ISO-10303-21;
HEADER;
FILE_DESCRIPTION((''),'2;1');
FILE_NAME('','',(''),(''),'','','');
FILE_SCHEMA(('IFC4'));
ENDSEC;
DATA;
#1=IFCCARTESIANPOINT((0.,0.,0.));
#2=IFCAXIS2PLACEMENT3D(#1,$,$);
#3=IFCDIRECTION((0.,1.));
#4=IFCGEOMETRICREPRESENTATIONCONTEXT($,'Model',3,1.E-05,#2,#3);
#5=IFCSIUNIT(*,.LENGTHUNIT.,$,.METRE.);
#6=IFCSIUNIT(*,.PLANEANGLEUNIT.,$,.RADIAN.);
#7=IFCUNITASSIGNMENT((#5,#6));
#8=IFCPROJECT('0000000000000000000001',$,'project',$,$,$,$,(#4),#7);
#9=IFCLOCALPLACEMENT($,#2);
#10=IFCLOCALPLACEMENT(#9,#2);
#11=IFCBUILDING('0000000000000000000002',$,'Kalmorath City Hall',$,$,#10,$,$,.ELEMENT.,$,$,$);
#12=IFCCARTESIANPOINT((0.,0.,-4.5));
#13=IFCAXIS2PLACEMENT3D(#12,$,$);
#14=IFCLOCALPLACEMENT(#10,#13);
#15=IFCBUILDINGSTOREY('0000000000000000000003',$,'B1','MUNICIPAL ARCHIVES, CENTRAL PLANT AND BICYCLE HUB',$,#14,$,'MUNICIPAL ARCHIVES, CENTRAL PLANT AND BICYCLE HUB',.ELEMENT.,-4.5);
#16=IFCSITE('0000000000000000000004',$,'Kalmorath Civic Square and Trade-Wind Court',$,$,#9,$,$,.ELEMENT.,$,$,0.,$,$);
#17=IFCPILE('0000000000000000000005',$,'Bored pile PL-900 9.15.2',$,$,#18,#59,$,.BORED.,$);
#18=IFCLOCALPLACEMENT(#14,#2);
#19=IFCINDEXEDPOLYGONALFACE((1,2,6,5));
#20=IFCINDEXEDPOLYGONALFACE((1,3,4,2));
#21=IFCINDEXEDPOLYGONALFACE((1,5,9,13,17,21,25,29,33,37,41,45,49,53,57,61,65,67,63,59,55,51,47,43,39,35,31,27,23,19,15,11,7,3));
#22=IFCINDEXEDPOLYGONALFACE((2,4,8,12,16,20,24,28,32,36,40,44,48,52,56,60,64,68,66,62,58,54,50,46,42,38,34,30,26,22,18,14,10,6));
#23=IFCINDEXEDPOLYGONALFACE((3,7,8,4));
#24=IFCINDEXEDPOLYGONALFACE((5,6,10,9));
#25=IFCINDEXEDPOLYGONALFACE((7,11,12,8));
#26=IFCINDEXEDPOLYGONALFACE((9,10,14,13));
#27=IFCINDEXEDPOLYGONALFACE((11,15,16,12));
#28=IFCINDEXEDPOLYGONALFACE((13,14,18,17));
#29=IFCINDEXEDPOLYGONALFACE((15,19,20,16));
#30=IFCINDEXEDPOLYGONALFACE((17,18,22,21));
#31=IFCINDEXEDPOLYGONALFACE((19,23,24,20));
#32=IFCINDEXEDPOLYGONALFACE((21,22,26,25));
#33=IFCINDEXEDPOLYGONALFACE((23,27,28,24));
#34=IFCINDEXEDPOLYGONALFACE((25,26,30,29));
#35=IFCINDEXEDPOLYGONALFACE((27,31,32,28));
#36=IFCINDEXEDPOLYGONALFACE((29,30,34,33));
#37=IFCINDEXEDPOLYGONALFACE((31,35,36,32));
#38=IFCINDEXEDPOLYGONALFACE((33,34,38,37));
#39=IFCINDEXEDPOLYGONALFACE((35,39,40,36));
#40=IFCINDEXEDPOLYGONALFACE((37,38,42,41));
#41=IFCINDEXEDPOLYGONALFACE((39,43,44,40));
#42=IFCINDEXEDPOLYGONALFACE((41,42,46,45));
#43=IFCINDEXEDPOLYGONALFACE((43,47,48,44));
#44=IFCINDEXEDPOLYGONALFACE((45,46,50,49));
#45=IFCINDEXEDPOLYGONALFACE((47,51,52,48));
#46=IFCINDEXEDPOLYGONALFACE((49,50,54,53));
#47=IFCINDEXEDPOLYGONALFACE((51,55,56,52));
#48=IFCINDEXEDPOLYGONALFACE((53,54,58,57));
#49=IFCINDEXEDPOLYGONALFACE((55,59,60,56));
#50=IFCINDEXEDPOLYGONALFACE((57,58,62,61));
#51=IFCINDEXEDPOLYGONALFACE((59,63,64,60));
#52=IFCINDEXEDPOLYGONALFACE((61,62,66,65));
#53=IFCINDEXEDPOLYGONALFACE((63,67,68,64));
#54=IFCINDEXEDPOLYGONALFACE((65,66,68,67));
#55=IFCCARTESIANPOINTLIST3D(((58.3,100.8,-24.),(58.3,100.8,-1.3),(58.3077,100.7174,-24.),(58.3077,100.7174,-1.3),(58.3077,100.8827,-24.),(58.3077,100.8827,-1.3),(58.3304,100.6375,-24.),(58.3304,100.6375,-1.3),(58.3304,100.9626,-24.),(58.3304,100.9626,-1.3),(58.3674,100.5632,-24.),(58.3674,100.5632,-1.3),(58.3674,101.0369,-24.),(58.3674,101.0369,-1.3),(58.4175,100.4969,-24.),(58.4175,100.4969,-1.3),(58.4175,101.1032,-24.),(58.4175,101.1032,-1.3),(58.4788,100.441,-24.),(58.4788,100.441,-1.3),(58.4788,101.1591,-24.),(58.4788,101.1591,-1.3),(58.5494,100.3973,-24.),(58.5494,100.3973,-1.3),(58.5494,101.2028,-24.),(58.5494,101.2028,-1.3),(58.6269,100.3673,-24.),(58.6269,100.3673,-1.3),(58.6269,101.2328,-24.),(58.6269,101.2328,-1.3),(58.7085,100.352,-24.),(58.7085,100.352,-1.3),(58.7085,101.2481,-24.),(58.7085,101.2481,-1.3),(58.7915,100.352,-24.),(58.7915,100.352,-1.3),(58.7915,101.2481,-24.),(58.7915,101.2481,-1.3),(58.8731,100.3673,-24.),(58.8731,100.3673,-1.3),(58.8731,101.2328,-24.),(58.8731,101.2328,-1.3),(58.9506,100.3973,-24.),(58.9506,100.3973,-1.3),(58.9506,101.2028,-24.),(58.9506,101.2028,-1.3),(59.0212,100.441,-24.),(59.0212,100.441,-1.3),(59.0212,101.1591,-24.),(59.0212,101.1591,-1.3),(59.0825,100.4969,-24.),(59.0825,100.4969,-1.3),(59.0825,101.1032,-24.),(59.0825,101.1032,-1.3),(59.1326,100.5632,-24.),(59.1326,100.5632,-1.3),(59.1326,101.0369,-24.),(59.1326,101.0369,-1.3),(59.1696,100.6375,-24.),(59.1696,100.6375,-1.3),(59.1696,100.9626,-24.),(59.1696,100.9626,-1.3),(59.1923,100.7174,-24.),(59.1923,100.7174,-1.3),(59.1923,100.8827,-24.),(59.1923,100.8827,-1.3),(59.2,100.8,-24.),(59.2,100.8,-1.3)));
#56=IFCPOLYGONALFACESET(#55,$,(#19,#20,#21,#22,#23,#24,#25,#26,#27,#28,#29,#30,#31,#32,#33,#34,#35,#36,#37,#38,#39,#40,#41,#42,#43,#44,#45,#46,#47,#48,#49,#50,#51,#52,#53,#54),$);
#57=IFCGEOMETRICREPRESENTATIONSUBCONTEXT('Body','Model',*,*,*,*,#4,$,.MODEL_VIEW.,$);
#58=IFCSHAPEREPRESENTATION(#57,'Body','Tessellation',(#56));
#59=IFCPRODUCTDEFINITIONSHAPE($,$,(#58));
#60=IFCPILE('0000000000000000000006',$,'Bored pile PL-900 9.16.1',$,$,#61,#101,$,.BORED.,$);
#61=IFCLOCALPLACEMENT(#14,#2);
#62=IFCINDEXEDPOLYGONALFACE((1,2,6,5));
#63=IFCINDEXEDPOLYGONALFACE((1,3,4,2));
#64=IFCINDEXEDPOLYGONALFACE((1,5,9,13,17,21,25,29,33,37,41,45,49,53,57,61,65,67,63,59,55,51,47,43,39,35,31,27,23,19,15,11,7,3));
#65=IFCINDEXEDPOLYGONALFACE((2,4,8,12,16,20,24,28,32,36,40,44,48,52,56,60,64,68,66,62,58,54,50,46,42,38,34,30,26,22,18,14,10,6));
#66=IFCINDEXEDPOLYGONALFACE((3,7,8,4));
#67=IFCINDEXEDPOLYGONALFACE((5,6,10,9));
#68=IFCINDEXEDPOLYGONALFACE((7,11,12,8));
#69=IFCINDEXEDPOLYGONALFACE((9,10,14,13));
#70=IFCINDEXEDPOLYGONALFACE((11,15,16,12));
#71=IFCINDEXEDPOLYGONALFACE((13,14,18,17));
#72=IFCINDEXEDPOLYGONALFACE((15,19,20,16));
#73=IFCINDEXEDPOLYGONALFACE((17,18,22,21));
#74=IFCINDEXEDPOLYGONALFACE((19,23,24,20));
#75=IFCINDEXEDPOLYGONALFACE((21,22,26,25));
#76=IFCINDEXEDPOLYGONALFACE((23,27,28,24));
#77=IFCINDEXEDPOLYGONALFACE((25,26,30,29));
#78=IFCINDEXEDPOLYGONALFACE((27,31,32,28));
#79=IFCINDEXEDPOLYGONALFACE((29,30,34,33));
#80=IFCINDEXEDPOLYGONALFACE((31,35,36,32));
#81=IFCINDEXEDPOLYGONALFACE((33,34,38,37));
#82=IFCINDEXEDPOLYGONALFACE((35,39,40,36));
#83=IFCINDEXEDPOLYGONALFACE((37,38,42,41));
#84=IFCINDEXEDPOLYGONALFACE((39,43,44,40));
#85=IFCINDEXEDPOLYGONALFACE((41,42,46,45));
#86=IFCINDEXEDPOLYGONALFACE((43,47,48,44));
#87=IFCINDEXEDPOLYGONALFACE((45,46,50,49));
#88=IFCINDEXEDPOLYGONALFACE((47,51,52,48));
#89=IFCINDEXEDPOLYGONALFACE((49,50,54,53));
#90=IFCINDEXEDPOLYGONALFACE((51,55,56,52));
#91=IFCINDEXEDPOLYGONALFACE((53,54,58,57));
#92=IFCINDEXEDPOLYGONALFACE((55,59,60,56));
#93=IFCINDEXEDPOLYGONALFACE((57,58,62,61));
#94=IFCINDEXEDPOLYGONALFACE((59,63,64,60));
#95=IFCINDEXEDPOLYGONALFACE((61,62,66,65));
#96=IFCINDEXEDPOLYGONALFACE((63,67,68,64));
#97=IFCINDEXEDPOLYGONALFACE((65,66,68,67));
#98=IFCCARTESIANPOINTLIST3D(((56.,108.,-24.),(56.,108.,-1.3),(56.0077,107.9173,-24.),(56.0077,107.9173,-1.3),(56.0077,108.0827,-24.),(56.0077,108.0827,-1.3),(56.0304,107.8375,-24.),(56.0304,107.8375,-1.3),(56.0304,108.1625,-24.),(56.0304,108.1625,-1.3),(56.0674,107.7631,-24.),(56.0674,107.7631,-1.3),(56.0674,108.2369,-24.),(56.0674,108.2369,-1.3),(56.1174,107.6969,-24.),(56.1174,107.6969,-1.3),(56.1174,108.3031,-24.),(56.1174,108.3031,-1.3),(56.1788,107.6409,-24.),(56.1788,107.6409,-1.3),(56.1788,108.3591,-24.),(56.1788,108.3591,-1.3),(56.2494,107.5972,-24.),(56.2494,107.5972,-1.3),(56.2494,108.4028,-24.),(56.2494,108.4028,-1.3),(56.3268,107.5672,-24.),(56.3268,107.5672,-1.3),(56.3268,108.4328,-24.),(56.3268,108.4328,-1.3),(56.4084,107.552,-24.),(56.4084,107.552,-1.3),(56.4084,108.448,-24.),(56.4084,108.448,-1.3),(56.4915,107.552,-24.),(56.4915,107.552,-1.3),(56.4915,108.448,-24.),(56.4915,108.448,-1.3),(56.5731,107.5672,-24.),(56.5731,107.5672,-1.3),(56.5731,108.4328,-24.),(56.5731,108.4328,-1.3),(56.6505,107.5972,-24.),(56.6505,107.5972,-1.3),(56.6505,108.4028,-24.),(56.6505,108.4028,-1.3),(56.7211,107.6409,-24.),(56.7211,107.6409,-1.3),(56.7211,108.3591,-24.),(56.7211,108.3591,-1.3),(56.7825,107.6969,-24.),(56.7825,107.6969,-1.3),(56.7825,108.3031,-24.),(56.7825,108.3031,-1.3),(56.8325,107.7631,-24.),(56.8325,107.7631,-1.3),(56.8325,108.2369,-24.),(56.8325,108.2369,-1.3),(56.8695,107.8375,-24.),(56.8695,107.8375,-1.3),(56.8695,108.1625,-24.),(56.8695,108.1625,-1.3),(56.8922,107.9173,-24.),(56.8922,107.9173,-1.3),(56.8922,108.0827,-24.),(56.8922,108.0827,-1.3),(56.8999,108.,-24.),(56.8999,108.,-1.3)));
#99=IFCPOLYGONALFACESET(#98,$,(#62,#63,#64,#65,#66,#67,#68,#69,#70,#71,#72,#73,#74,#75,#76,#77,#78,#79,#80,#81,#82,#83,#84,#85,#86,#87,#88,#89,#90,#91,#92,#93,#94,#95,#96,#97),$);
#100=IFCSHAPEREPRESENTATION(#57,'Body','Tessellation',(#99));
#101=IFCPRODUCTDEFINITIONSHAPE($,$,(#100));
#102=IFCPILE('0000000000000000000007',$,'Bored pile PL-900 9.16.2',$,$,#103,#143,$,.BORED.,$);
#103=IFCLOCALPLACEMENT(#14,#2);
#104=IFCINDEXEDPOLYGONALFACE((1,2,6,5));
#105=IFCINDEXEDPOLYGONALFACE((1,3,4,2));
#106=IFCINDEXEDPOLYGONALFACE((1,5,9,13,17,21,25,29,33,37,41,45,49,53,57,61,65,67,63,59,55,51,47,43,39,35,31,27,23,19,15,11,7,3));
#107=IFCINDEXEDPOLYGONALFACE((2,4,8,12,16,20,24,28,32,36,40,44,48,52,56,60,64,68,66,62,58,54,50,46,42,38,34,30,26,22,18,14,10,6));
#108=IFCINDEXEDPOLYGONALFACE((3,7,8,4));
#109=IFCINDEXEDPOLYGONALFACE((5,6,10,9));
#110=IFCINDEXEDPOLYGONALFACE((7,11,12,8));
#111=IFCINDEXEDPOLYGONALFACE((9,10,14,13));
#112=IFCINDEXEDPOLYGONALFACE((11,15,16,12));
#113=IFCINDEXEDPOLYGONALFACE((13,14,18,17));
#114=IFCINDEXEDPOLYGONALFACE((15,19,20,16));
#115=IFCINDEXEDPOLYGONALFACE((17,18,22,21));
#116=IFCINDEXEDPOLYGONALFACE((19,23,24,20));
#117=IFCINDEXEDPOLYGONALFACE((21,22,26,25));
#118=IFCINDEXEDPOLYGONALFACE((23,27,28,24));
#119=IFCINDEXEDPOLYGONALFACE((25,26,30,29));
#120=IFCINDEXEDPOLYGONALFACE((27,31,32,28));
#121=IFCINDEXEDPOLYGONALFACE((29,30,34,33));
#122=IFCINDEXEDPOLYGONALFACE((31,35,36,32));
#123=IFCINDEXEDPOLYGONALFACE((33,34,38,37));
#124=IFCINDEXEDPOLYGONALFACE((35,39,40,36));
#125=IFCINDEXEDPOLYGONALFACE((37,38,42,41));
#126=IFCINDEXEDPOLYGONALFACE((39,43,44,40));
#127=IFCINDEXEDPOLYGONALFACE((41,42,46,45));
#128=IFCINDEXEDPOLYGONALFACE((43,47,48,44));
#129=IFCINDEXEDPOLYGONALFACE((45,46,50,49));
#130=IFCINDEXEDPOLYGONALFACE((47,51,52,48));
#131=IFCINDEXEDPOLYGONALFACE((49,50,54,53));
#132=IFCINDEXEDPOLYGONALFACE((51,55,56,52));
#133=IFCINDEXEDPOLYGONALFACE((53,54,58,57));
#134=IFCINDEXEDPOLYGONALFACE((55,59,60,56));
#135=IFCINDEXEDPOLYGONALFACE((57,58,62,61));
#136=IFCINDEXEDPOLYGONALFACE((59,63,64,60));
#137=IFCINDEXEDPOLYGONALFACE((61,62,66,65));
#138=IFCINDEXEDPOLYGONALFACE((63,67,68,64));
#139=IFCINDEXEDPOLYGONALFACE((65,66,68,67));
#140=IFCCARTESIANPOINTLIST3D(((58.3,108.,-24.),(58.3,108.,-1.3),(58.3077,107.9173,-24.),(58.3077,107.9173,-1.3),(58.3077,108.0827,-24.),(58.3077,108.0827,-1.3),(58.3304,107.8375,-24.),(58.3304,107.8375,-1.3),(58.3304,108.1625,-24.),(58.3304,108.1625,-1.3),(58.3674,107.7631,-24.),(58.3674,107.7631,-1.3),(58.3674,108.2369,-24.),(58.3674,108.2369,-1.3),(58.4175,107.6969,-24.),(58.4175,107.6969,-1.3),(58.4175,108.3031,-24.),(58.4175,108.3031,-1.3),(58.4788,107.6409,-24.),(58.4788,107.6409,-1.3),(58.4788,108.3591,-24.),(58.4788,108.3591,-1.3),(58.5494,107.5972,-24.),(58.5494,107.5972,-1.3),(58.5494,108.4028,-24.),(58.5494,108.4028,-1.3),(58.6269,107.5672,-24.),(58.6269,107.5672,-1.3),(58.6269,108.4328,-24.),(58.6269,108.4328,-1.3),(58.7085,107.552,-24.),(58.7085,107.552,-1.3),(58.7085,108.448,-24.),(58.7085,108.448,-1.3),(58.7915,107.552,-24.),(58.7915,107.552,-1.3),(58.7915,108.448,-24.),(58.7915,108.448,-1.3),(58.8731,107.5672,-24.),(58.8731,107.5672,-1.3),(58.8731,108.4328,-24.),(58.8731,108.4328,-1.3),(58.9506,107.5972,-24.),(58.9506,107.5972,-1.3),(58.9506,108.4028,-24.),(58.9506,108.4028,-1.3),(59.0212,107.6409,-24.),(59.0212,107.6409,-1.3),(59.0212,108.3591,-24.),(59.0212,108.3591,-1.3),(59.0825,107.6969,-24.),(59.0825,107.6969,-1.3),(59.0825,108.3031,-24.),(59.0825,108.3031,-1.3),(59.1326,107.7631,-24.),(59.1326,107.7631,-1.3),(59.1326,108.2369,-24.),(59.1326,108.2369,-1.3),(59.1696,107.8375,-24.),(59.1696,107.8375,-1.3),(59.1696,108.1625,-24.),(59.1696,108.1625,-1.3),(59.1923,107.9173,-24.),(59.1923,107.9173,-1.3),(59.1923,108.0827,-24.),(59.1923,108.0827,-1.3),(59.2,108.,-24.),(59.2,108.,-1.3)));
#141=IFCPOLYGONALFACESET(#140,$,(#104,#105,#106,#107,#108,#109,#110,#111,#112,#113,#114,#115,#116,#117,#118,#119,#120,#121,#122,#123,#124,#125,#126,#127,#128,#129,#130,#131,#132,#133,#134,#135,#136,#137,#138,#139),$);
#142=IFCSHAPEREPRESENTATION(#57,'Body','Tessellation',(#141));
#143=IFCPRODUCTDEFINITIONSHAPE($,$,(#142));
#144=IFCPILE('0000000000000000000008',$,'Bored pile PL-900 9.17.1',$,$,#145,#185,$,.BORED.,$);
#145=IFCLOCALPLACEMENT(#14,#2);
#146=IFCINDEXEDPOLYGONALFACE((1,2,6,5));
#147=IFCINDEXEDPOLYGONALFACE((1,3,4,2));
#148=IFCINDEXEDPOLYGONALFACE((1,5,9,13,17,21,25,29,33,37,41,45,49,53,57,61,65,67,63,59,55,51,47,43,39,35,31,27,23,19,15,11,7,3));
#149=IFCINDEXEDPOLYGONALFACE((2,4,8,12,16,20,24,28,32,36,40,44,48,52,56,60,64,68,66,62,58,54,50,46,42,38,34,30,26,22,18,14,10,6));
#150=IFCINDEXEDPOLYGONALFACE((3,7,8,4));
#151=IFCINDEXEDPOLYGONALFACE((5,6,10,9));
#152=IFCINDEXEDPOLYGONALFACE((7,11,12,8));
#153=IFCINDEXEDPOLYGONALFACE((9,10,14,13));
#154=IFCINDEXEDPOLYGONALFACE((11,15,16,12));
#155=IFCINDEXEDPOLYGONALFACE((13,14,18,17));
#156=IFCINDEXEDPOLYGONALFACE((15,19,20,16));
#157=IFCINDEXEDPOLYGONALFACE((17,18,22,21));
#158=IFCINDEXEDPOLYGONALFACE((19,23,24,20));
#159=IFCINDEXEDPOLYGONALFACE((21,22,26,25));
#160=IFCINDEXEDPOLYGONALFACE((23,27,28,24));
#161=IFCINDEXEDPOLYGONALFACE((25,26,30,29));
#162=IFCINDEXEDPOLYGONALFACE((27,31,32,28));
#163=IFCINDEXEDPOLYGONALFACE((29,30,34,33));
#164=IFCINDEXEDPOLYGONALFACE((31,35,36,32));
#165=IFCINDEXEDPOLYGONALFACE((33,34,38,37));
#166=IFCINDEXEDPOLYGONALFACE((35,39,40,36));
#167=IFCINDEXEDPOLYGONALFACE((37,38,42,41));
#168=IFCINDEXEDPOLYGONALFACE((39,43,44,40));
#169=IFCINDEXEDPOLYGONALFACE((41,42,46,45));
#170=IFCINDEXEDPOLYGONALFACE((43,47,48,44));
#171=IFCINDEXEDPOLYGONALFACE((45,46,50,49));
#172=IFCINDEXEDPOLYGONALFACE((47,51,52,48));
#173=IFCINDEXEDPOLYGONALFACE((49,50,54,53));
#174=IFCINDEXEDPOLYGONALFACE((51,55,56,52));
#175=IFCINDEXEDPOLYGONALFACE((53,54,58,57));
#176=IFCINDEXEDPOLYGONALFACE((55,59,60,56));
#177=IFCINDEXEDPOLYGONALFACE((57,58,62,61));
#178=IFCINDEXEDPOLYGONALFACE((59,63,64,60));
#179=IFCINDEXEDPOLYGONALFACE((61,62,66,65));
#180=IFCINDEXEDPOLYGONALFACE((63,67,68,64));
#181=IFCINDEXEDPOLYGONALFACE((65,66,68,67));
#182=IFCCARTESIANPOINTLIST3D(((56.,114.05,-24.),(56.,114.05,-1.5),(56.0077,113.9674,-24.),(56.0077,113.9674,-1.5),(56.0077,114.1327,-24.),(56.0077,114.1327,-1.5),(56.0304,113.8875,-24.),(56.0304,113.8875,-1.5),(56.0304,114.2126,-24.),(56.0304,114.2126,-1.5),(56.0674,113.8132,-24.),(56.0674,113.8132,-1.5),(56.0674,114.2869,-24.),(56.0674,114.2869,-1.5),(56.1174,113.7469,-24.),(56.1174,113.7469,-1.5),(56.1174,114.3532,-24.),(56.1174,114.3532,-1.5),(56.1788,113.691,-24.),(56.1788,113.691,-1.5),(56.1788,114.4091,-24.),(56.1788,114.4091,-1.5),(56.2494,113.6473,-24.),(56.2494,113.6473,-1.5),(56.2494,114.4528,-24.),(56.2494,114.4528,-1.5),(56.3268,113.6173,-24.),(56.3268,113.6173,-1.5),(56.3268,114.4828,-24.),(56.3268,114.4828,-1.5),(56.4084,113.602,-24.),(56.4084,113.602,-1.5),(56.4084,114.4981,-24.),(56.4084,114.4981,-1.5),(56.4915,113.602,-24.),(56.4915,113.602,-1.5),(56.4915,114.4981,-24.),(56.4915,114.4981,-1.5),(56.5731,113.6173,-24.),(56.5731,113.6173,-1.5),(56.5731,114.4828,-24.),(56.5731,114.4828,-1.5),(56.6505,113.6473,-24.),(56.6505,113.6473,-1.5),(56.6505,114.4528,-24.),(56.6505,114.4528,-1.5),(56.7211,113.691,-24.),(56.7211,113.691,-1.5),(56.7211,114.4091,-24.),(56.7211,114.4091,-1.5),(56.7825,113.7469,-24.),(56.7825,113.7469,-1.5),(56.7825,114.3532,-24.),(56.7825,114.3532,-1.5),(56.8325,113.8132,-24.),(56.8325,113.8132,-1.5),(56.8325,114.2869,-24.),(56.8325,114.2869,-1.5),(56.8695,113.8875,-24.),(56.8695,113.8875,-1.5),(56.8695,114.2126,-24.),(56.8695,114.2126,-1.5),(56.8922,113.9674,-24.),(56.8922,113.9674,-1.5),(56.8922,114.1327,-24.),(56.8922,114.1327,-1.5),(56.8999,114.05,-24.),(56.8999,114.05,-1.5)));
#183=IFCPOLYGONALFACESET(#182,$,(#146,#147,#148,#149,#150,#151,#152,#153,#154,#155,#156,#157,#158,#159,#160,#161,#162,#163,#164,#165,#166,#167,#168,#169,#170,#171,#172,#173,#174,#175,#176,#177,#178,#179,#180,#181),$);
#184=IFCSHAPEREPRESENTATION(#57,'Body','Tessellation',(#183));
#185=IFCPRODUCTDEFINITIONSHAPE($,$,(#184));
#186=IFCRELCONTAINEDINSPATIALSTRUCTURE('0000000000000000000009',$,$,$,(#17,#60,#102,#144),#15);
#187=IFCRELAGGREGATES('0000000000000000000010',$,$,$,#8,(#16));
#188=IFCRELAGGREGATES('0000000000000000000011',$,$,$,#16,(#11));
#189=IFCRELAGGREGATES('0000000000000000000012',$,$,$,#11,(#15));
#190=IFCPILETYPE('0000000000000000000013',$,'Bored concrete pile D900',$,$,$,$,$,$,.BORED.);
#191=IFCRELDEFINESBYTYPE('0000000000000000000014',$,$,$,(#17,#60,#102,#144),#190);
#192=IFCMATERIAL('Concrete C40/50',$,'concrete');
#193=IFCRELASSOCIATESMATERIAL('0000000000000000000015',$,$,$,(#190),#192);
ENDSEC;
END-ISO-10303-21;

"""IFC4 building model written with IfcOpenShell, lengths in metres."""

from ifc_helpers import new_model, si_unit, direction, frame, origin, origin_2d, place, context, subcontext, project, spatial, circle, extrude, material, material_profile, profile_set, type_object, element, save


model = new_model("IFC4")

# Units and contexts
model_context = context("Model", 3, precision=1e-05, world=origin(), true_north=direction((0.0, 1.0)))
body_context = subcontext(model_context, "Body", "Model", "MODEL_VIEW")
ifc_project = project(units=[si_unit("LENGTHUNIT", "METRE"), si_unit("PLANEANGLEUNIT", "RADIAN")], contexts=[model_context])

# Site, building, storey
site_placement = place(None, origin())
site = spatial("IfcSite", under=ifc_project, at=site_placement, Name="Kalmorath Civic Square and Trade-Wind Court", CompositionType="ELEMENT", RefElevation=0.0)
building_placement = place(site_placement, origin())
building = spatial("IfcBuilding", under=site, at=building_placement, Name="Kalmorath City Hall", CompositionType="ELEMENT")
storey_placement = place(building_placement, frame((0.0, 0.0, -4.5)))
storey = spatial("IfcBuildingStorey", under=building, at=storey_placement, Name="B1", Description="MUNICIPAL ARCHIVES, CENTRAL PLANT AND BICYCLE HUB", LongName="MUNICIPAL ARCHIVES, CENTRAL PLANT AND BICYCLE HUB", CompositionType="ELEMENT", Elevation=-4.5)

# Piles
ifc_material_1 = material(Name="Concrete C40/50", Category="concrete")
ifc_material_profile_1 = material_profile(ifc_material_1, circle(Radius=0.45, at=origin_2d()), Name="PILE-D900")
ifc_profile_set_1 = profile_set([ifc_material_profile_1], Name="Concrete C40/50")
pile_type = type_object("IfcPileType", Name="Bored concrete pile D900", PredefinedType="BORED", material=ifc_profile_set_1)
for number, where, z_axis, x_axis, name in (
    (1, (58.75, 100.8, -1.3), (0.0, 0.0, -1.0), (1.0, 0.0, 0.0), "Bored pile PL-900 9.15.2"),
    (2, (56.45, 108.0, -1.3), (0.0, 0.0, -1.0), (1.0, 0.0, 0.0), "Bored pile PL-900 9.16.1"),
    (3, (58.75, 108.0, -1.3), (0.0, 0.0, -1.0), (1.0, 0.0, 0.0), "Bored pile PL-900 9.16.2"),
):
    element("IfcPile", number, at=place(storey_placement, frame(where, z_axis=z_axis, x_axis=x_axis)), inside=storey, type_object=pile_type, Name=name, PredefinedType="BORED", context=body_context, shape_type="SweptSolid", body=[
        extrude(circle(Radius=0.45, at=origin_2d()), origin(), (0.0, 0.0, 1.0), 22.7),
    ])
for number, where, z_axis, x_axis, name in (
    (4, (56.45, 114.05, -1.5), (0.0, 0.0, -1.0), (1.0, 0.0, 0.0), "Bored pile PL-900 9.17.1"),
):
    element("IfcPile", number, at=place(storey_placement, frame(where, z_axis=z_axis, x_axis=x_axis)), inside=storey, type_object=pile_type, Name=name, PredefinedType="BORED", context=body_context, shape_type="SweptSolid", body=[
        extrude(circle(Radius=0.45, at=origin_2d()), origin(), (0.0, 0.0, 1.0), 22.5),
    ])

save(model, "model.ifc")
